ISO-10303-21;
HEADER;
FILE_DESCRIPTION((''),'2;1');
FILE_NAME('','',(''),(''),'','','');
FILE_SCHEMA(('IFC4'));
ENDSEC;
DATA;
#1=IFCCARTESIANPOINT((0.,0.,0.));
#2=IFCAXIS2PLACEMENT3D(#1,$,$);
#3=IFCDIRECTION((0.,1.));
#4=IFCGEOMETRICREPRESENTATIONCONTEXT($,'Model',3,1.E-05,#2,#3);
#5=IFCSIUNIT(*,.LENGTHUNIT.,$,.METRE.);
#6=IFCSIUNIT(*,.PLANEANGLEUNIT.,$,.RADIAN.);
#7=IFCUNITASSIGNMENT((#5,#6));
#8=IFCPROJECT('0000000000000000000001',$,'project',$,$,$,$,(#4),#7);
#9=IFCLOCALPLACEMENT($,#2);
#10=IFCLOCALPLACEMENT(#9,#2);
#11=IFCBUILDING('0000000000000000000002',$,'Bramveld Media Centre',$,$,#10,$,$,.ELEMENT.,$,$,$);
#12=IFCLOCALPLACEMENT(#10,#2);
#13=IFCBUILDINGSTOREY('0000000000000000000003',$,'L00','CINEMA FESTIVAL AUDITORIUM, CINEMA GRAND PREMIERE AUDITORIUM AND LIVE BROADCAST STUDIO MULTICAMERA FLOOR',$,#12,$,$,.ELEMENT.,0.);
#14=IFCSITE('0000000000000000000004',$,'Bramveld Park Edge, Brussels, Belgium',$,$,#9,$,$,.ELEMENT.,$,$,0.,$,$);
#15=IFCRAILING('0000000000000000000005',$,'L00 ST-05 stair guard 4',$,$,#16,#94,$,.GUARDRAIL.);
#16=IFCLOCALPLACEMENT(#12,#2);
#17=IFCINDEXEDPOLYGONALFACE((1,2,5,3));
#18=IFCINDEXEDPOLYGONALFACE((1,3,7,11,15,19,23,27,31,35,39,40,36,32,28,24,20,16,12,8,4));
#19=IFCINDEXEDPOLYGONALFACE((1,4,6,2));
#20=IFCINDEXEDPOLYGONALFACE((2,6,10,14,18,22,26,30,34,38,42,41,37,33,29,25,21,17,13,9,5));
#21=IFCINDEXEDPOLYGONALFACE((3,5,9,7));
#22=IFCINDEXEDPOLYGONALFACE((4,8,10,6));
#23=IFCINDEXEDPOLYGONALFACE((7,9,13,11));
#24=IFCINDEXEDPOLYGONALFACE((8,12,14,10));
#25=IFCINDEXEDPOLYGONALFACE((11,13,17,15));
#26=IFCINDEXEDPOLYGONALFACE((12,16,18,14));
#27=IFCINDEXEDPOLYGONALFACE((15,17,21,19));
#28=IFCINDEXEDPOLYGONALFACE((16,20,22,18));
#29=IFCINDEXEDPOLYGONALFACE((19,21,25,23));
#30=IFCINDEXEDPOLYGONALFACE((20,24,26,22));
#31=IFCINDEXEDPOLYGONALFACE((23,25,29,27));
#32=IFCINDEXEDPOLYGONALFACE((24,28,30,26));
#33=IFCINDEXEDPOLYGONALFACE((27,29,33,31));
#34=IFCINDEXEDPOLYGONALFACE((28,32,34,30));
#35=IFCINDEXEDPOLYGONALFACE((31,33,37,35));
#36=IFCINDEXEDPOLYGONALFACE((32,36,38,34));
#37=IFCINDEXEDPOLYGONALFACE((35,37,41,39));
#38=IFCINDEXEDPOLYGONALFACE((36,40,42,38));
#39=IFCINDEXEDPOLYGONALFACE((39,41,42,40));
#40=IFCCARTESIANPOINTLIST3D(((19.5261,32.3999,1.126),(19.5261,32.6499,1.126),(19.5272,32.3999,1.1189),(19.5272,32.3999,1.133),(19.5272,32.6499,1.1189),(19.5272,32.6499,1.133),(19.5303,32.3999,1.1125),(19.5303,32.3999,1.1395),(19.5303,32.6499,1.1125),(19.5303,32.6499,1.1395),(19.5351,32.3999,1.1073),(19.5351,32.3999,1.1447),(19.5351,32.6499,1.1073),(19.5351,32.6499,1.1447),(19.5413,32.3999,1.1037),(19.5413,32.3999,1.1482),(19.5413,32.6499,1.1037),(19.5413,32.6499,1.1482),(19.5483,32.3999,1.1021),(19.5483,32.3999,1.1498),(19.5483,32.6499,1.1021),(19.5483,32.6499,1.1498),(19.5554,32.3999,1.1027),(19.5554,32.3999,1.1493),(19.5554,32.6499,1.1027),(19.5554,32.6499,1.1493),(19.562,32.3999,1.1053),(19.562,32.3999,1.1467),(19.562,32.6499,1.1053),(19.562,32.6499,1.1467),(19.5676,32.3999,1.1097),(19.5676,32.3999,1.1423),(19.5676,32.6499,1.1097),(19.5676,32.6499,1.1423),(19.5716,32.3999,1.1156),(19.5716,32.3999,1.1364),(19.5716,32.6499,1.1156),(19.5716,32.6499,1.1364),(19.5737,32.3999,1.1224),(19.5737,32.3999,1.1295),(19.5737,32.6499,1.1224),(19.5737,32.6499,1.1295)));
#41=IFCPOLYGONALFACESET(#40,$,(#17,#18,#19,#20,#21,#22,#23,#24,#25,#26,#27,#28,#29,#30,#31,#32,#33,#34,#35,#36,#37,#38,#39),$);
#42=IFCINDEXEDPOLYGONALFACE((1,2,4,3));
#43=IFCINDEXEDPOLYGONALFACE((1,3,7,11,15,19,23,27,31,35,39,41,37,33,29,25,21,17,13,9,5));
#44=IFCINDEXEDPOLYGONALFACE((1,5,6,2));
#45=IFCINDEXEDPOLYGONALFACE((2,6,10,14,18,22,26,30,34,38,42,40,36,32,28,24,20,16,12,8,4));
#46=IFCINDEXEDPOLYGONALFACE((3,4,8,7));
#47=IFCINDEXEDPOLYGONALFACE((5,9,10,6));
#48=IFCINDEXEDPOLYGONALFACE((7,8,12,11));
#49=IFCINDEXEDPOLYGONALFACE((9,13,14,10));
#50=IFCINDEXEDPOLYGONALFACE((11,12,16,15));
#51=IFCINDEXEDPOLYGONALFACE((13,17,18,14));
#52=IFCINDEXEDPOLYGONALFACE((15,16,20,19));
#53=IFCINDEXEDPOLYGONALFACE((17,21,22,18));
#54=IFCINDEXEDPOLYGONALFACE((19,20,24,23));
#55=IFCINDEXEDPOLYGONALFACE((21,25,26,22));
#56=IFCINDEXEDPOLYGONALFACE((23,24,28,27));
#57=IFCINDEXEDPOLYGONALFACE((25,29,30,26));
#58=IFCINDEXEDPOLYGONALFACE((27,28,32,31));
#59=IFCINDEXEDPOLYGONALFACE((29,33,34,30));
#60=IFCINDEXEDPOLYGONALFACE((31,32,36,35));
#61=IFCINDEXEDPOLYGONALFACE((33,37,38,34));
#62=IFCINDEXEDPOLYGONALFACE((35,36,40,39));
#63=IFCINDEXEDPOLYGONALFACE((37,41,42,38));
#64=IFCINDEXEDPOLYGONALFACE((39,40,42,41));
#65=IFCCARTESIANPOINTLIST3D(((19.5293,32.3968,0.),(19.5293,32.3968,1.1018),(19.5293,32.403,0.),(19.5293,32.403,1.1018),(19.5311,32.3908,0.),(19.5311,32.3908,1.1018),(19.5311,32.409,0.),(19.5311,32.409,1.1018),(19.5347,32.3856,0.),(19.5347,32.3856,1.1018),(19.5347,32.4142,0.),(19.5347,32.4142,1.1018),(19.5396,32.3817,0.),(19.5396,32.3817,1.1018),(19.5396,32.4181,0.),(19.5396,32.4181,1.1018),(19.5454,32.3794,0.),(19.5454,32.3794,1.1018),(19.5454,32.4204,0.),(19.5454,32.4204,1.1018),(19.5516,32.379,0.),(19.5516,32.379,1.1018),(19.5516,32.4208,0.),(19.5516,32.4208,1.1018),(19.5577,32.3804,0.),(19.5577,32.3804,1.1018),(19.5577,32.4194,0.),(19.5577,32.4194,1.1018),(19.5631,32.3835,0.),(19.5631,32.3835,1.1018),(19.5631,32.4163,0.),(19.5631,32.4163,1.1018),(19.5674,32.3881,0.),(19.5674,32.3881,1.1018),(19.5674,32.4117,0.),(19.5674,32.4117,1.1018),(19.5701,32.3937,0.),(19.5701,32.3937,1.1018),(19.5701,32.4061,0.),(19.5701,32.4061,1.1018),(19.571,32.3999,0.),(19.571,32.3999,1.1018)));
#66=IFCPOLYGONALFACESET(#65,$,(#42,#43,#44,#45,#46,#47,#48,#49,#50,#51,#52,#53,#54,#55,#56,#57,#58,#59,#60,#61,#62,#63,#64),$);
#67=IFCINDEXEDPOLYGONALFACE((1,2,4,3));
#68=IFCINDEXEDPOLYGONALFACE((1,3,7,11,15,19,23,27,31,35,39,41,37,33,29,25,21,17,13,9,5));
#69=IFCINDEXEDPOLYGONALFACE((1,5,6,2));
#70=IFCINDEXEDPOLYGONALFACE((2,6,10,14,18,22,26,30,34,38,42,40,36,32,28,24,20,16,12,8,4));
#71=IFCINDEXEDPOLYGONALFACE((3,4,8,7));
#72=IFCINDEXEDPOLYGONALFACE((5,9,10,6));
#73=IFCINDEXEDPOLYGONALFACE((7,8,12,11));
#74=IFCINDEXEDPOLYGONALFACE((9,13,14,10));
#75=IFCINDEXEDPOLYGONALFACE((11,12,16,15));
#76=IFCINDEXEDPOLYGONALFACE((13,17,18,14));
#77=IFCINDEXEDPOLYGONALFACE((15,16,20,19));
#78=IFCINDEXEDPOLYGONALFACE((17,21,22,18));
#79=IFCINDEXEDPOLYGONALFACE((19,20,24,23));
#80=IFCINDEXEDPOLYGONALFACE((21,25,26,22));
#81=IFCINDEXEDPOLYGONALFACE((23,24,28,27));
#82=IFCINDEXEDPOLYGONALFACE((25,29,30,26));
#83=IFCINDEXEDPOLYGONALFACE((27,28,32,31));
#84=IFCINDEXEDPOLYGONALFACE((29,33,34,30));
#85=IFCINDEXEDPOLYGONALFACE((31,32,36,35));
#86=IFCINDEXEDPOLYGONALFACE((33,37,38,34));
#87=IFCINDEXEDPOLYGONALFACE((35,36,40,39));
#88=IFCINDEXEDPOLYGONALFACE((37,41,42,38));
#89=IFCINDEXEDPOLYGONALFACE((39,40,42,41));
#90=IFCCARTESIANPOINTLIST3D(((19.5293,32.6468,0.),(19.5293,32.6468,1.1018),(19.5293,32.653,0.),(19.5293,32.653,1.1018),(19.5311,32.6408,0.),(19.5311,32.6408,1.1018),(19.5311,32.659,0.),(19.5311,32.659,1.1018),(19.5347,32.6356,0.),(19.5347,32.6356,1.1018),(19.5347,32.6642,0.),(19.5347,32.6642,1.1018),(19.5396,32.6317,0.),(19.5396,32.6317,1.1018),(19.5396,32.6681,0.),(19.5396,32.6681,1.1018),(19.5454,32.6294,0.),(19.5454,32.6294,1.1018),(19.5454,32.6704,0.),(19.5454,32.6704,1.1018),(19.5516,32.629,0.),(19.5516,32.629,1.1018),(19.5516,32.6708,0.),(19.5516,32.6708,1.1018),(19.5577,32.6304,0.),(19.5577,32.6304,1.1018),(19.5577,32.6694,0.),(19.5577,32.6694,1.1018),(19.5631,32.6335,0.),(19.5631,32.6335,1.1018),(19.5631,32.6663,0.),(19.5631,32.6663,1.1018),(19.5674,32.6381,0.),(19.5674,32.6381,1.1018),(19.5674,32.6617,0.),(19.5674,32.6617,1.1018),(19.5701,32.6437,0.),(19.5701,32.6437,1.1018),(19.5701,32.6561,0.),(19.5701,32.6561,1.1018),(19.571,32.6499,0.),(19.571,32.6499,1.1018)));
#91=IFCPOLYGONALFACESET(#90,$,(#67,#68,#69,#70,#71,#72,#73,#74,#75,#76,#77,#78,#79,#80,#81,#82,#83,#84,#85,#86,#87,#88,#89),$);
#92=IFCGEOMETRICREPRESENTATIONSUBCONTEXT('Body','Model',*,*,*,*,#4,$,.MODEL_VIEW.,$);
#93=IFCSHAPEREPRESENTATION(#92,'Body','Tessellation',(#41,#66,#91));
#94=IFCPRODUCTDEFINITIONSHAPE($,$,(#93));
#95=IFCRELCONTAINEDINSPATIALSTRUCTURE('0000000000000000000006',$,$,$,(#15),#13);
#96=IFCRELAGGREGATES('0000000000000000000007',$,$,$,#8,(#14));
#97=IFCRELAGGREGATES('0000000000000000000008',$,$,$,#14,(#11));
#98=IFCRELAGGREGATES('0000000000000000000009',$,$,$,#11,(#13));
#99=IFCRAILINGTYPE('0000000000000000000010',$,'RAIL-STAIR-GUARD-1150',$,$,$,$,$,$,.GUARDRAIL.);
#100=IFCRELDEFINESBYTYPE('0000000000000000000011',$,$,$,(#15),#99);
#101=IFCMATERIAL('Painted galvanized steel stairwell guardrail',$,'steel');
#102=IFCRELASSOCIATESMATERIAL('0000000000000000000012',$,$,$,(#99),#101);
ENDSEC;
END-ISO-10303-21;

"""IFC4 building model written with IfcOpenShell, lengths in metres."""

from ifc_helpers import new_model, si_unit, direction, frame, origin, origin_2d, place, context, subcontext, project, spatial, circle, extrude, material, type_object, element, save


model = new_model("IFC4")

# Units and contexts
model_context = context("Model", 3, precision=1e-05, world=origin(), true_north=direction((0.0, 1.0)))
body_context = subcontext(model_context, "Body", "Model", "MODEL_VIEW")
ifc_project = project(units=[si_unit("LENGTHUNIT", "METRE"), si_unit("PLANEANGLEUNIT", "RADIAN")], contexts=[model_context])

# Site, building, storey
site_placement = place(None, origin())
site = spatial("IfcSite", under=ifc_project, at=site_placement, Name="Bramveld Park Edge, Brussels, Belgium", CompositionType="ELEMENT", RefElevation=0.0)
building_placement = place(site_placement, origin())
building = spatial("IfcBuilding", under=site, at=building_placement, Name="Bramveld Media Centre", CompositionType="ELEMENT")
storey_placement = place(building_placement, origin())
storey = spatial("IfcBuildingStorey", under=building, at=storey_placement, Name="L00", Description="CINEMA FESTIVAL AUDITORIUM, CINEMA GRAND PREMIERE AUDITORIUM AND LIVE BROADCAST STUDIO MULTICAMERA FLOOR", CompositionType="ELEMENT", Elevation=0.0)

# Railing
ifc_material_1 = material(Name="Painted galvanized steel stairwell guardrail", Category="steel")
railing_type_1 = type_object("IfcRailingType", Name="RAIL-STAIR-GUARD-1150", PredefinedType="GUARDRAIL", material=ifc_material_1)
railing_1_placement = place(storey_placement, frame((19.55, 32.3999, 0.0)))
element("IfcRailing", 1, at=railing_1_placement, inside=storey, type_object=railing_type_1, Name="L00 ST-05 stair guard 4", PredefinedType="GUARDRAIL", context=body_context, shape_type="SweptSolid", body=[
    extrude(circle(Radius=0.0239, at=origin_2d()), frame((0.0, 0.0, 1.126), z_axis=(0.0, 1.0, 0.0), x_axis=(-1.0, 0.0, 0.0)), (0.0, 0.0, 1.0), 0.25),
    extrude(circle(Radius=0.021, at=origin_2d()), origin(), (0.0, 0.0, 1.0), 1.1018),
    extrude(circle(Radius=0.021, at=origin_2d()), frame((0.0, 0.25, 0.0)), (0.0, 0.0, 1.0), 1.1018),
])

save(model, "model.ifc")
